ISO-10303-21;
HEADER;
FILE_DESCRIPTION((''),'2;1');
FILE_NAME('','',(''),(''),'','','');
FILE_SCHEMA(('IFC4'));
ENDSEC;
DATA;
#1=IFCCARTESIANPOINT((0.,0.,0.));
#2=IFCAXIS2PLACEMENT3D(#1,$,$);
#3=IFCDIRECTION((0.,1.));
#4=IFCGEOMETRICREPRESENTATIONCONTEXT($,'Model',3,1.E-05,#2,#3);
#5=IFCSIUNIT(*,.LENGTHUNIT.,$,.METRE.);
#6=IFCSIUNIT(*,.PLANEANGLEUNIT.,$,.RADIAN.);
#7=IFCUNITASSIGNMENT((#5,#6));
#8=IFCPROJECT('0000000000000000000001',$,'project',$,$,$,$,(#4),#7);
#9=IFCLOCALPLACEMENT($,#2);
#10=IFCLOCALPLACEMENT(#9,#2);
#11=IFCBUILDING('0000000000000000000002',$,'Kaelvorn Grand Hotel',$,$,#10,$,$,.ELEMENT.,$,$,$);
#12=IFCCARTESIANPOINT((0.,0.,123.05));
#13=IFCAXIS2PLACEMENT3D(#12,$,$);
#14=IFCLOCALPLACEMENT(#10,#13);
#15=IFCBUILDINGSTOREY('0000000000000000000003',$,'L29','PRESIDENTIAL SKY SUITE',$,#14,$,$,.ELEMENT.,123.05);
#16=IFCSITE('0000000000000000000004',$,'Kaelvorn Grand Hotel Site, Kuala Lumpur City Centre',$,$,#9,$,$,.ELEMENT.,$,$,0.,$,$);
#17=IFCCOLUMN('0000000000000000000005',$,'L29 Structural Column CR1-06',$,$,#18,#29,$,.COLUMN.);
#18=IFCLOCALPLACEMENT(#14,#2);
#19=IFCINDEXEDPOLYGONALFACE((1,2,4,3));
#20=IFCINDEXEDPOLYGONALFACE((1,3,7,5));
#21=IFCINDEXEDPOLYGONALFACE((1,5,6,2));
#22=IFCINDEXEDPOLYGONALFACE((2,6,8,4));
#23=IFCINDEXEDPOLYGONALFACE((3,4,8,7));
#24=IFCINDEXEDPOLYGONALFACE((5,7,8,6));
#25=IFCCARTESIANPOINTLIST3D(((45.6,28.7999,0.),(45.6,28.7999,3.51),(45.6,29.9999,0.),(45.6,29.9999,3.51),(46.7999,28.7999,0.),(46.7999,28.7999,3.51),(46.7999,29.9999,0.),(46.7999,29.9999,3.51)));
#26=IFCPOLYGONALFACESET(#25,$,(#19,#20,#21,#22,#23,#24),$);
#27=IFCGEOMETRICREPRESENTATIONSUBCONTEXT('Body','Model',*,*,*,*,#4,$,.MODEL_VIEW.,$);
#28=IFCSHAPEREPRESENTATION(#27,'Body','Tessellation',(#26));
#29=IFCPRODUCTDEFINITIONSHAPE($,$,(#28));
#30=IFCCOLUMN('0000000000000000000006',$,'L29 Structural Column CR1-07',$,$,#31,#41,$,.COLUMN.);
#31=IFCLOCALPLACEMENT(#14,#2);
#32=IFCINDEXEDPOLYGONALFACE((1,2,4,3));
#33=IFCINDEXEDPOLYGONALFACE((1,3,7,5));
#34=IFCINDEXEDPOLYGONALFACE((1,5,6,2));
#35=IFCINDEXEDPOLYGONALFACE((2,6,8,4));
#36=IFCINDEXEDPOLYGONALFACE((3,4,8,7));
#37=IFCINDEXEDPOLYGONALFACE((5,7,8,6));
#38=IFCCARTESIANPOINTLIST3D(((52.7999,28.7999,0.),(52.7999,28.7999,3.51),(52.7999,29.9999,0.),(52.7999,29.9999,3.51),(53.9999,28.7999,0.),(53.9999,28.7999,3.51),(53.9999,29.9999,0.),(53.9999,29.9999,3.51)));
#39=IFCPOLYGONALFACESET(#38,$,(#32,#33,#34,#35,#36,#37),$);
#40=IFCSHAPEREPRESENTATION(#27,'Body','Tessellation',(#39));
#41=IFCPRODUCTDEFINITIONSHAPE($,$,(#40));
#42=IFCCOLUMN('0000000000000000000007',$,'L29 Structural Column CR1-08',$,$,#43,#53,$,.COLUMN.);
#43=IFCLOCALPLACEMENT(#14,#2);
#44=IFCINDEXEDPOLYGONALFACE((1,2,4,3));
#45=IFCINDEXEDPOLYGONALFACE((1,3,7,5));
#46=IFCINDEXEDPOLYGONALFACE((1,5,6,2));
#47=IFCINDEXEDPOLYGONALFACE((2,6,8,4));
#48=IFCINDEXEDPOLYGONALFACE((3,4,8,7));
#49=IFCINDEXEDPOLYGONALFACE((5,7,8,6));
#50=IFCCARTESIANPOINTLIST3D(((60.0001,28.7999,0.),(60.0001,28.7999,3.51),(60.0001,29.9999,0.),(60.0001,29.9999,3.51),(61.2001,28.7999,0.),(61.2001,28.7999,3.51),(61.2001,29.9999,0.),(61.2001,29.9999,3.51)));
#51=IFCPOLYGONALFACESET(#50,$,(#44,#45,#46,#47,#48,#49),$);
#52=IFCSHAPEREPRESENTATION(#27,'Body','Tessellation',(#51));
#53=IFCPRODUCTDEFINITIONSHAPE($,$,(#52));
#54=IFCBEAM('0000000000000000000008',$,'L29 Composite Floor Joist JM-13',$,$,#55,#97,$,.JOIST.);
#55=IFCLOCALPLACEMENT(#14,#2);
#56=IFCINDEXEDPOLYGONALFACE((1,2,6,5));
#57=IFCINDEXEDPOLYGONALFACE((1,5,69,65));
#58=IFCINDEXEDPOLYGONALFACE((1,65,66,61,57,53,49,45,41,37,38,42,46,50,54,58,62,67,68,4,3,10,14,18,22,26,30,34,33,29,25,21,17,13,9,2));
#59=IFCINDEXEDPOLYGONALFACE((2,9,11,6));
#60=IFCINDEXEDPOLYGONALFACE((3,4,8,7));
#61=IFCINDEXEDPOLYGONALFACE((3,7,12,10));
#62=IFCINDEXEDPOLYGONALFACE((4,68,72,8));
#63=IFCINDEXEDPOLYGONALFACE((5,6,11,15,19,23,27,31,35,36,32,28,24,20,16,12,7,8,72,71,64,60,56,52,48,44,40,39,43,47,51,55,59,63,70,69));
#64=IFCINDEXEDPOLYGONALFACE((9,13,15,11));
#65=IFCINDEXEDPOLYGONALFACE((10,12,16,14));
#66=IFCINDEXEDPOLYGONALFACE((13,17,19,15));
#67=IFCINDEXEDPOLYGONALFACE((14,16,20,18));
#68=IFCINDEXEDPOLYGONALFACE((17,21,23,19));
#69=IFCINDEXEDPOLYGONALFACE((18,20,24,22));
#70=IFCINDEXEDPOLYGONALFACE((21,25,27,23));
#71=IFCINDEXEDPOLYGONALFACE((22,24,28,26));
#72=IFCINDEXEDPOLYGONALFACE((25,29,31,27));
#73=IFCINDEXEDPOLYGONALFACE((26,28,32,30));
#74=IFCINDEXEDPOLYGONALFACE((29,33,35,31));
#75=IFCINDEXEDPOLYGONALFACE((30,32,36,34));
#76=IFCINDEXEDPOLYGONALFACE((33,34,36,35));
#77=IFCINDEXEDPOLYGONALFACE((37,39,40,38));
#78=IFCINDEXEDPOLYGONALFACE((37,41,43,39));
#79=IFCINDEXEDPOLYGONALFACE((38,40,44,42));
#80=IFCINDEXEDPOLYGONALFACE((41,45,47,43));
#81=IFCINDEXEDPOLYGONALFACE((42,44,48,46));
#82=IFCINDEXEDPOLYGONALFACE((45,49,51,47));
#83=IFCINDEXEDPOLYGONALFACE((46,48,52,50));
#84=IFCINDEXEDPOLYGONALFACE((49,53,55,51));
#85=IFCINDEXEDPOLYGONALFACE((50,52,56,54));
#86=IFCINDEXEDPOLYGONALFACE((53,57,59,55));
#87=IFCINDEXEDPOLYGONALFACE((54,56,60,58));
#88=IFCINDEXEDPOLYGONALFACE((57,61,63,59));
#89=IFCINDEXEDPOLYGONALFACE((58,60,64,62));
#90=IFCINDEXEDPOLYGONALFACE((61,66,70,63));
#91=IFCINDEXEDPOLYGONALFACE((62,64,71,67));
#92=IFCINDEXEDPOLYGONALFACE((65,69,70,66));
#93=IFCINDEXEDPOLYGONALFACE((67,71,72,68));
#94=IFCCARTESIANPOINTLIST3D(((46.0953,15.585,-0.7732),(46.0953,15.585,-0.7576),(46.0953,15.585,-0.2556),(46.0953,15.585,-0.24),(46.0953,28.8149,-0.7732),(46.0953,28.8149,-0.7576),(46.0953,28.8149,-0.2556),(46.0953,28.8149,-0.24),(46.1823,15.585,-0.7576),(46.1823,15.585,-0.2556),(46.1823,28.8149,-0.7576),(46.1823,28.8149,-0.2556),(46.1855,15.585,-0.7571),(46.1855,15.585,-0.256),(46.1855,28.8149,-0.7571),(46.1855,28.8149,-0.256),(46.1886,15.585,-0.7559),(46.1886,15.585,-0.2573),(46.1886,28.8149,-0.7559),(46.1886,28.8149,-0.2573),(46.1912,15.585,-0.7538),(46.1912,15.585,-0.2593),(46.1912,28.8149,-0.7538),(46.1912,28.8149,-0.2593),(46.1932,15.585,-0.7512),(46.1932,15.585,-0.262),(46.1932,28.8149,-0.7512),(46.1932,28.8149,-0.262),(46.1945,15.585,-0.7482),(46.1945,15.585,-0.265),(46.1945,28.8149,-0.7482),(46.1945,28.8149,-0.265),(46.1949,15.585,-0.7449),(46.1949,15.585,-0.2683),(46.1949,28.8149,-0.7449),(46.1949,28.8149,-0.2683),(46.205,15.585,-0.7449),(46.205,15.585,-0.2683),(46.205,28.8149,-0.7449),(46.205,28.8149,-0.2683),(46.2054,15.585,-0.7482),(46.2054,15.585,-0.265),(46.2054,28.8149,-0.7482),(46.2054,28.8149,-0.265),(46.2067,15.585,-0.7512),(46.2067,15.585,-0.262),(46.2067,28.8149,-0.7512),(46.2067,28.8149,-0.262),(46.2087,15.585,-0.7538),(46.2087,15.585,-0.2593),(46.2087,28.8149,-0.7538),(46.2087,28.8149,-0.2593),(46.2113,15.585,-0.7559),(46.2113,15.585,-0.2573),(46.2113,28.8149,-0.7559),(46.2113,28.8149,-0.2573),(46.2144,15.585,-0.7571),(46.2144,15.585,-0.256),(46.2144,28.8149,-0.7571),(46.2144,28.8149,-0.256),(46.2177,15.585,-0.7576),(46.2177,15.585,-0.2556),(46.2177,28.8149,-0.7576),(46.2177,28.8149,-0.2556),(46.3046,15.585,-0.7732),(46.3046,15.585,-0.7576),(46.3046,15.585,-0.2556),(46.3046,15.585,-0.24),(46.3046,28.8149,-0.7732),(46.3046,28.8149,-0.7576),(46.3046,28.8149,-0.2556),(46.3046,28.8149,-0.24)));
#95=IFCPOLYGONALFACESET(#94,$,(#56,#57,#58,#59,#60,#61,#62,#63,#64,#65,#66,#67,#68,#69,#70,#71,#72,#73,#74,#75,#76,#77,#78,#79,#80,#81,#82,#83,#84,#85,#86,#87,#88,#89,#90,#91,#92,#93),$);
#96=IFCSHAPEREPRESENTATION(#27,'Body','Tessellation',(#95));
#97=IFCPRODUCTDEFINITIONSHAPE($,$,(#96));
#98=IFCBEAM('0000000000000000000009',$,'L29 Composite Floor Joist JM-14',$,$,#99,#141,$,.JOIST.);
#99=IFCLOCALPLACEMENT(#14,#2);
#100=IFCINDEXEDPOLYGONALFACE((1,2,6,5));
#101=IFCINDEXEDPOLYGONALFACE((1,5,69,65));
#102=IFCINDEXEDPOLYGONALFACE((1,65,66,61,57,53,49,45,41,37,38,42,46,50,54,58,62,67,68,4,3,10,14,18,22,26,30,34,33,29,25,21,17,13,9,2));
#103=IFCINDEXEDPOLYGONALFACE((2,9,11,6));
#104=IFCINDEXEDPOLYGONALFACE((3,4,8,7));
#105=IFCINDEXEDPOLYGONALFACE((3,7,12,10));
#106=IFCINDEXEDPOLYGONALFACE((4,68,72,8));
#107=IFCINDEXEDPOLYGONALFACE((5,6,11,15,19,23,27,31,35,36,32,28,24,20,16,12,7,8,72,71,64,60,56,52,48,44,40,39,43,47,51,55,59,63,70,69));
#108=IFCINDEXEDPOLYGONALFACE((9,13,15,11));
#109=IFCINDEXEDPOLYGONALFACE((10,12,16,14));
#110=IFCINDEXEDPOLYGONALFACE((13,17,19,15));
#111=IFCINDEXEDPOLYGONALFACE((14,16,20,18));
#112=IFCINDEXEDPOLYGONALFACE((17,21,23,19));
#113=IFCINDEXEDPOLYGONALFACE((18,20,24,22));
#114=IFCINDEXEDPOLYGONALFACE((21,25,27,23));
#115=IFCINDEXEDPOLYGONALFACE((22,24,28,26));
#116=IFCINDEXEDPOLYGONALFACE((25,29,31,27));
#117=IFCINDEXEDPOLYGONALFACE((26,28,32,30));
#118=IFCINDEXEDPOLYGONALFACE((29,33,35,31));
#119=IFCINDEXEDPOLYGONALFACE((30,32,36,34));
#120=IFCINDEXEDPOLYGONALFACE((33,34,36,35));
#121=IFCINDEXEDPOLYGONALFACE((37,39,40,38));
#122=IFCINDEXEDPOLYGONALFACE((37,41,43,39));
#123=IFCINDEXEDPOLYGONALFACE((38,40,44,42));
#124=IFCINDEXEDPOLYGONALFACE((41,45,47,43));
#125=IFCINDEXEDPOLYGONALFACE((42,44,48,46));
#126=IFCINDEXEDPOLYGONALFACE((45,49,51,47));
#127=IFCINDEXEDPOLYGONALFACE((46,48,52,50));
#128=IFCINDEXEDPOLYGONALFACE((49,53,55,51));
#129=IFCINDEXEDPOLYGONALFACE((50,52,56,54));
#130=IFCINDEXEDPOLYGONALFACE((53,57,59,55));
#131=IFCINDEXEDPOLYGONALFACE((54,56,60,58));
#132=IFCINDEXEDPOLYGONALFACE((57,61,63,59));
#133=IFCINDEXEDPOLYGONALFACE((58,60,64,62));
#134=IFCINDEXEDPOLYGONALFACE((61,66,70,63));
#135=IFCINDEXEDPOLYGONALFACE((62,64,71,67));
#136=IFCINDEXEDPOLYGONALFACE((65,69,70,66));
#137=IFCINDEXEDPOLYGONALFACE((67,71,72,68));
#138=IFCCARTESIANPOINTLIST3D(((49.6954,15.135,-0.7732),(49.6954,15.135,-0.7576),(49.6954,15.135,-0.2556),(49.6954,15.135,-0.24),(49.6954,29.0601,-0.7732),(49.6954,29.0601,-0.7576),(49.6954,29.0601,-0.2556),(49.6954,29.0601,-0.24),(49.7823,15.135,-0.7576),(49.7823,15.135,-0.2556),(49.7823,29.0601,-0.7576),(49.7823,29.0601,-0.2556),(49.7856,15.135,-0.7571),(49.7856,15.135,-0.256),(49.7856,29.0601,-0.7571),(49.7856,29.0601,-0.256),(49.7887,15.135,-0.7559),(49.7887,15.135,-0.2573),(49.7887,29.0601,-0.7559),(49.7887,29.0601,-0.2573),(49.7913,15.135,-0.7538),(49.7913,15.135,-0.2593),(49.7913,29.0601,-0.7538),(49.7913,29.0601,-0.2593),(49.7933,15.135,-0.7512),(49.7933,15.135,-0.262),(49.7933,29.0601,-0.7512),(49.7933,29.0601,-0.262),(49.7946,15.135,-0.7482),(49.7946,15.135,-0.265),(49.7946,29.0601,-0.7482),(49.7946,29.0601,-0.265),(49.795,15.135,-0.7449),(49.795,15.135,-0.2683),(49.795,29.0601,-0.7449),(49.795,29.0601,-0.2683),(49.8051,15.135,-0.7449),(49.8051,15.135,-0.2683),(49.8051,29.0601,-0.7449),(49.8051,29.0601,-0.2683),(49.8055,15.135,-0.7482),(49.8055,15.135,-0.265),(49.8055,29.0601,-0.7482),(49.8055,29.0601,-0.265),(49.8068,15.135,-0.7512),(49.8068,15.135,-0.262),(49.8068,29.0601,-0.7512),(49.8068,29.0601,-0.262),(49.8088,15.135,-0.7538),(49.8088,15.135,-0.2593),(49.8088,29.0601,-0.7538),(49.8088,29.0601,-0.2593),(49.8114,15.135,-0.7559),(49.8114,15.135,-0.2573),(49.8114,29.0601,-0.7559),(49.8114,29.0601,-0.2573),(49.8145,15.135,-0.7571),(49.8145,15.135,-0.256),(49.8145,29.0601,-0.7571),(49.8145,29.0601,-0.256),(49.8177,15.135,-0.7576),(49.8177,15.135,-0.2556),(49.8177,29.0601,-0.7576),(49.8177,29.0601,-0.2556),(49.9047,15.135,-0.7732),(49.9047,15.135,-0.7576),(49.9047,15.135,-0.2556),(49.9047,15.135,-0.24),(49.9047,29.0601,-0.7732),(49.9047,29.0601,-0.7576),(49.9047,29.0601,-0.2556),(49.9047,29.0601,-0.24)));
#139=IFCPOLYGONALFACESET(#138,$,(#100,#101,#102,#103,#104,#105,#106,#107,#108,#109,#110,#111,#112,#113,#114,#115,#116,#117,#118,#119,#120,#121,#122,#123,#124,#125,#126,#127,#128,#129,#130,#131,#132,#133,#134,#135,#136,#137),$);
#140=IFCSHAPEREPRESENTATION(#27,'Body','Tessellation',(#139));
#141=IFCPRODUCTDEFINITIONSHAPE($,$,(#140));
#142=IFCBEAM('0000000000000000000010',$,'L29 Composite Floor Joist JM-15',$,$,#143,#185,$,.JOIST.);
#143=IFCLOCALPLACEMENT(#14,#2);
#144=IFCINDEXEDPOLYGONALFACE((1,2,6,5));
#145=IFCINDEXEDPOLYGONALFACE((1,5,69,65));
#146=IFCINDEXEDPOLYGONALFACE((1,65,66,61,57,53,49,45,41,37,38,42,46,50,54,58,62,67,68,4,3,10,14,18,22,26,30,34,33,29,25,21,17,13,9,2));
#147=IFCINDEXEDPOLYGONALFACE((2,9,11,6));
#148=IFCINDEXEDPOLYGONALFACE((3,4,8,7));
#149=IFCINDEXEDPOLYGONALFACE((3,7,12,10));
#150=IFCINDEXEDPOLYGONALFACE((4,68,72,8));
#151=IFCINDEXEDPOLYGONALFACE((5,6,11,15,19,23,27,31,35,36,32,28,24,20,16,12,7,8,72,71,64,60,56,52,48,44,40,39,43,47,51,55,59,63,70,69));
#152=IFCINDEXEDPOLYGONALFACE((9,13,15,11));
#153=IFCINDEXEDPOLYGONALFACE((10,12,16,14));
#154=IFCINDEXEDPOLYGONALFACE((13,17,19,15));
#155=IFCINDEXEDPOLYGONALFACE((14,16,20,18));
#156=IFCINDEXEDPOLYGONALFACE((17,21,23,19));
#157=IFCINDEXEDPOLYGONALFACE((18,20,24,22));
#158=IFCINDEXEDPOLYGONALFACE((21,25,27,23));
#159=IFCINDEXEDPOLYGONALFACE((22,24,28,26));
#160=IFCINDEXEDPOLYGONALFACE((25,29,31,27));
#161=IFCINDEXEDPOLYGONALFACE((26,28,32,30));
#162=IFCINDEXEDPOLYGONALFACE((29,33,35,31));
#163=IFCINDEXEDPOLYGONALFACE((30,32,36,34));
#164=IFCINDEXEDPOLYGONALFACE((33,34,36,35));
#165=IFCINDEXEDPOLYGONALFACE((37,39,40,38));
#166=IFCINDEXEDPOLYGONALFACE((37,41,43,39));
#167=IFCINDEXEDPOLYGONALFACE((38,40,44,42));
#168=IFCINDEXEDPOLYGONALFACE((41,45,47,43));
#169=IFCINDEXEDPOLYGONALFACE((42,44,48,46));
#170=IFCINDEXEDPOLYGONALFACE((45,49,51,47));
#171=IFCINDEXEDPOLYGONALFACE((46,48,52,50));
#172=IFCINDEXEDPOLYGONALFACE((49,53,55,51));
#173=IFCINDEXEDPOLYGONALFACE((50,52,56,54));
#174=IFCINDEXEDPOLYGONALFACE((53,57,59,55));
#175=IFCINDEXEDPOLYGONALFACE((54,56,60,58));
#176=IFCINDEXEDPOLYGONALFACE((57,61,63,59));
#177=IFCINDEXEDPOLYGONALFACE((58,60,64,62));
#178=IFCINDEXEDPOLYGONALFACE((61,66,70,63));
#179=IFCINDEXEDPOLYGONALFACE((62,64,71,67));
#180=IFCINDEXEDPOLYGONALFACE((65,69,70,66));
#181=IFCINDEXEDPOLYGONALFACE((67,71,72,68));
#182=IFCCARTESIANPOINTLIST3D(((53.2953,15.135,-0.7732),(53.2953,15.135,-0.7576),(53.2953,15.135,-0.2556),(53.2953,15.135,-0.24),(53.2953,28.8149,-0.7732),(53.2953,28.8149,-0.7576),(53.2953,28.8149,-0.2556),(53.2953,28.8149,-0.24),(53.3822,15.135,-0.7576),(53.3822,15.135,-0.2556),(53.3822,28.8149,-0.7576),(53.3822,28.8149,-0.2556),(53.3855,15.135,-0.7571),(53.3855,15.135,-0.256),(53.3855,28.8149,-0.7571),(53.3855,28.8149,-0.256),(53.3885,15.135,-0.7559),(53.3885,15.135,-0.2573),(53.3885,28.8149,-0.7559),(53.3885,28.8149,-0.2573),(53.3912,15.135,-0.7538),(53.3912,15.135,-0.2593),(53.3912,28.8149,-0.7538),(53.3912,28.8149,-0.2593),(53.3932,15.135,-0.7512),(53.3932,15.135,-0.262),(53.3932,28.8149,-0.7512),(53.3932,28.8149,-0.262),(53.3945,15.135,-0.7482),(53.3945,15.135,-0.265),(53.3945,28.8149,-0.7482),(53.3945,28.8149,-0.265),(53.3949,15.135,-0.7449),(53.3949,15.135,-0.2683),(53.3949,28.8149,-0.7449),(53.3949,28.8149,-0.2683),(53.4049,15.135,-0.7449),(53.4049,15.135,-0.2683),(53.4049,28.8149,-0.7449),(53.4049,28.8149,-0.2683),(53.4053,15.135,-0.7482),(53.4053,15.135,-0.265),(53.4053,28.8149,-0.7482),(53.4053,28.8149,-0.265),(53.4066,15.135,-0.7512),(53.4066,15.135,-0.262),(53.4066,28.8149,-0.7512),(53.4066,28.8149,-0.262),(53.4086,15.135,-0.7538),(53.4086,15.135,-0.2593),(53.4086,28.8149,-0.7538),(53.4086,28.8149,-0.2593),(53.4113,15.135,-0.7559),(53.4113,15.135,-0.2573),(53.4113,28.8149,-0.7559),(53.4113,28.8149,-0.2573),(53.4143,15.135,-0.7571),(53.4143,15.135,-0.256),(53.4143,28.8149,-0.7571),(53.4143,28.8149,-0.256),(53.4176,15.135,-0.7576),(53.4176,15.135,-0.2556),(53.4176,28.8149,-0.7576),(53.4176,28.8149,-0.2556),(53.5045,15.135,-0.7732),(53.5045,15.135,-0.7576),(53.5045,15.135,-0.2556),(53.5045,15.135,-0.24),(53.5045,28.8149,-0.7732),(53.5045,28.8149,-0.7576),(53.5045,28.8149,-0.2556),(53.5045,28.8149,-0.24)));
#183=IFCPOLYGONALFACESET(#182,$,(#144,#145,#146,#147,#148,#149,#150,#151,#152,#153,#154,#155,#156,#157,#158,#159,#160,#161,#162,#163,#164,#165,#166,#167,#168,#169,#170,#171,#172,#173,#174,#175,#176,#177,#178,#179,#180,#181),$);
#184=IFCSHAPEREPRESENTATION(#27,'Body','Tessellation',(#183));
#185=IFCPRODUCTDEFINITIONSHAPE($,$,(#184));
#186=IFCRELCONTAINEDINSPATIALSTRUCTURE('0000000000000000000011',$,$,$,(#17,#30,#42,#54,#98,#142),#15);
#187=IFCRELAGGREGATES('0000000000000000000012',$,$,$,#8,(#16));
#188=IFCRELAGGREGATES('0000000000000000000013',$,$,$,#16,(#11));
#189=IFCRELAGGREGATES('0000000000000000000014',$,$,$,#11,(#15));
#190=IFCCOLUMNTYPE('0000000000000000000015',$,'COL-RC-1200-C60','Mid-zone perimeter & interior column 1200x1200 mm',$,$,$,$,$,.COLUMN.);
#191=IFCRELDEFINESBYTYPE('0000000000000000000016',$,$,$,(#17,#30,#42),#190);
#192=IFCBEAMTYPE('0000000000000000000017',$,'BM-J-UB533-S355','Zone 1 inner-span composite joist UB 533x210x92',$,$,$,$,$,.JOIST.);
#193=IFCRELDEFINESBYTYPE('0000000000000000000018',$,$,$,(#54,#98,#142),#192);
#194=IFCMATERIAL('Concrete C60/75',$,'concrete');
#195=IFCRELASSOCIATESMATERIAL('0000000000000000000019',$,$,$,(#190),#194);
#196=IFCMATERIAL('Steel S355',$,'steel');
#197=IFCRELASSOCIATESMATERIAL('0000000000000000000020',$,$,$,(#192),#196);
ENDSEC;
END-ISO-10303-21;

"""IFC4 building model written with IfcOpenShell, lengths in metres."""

from ifc_helpers import new_model, si_unit, direction, frame, origin, origin_2d, place, context, subcontext, project, spatial, rectangle, i_section, extrude, material, material_profile, profile_set, type_object, element, save


model = new_model("IFC4")

# Units and contexts
model_context = context("Model", 3, precision=1e-05, world=origin(), true_north=direction((0.0, 1.0)))
body_context = subcontext(model_context, "Body", "Model", "MODEL_VIEW")
ifc_project = project(units=[si_unit("LENGTHUNIT", "METRE"), si_unit("PLANEANGLEUNIT", "RADIAN")], contexts=[model_context])

# Site, building, storey
site_placement = place(None, origin())
site = spatial("IfcSite", under=ifc_project, at=site_placement, Name="Kaelvorn Grand Hotel Site, Kuala Lumpur City Centre", CompositionType="ELEMENT", RefElevation=0.0)
building_placement = place(site_placement, origin())
building = spatial("IfcBuilding", under=site, at=building_placement, Name="Kaelvorn Grand Hotel", CompositionType="ELEMENT")
storey_placement = place(building_placement, frame((0.0, 0.0, 123.05)))
storey = spatial("IfcBuildingStorey", under=building, at=storey_placement, Name="L29", Description="PRESIDENTIAL SKY SUITE", CompositionType="ELEMENT", Elevation=123.05)

# Columns
ifc_material_1 = material(Name="Concrete C60/75", Category="concrete")
ifc_material_profile_1 = material_profile(ifc_material_1, rectangle(XDim=1.2, YDim=1.2, at=origin_2d()), Name="RC COL 1200x1200")
ifc_profile_set_1 = profile_set([ifc_material_profile_1], Name="Concrete C60/75")
column_type = type_object("IfcColumnType", Name="COL-RC-1200-C60", Description="Mid-zone perimeter & interior column 1200x1200 mm", PredefinedType="COLUMN", material=ifc_profile_set_1)
for number, where, z_axis, x_axis, name in (
    (1, (46.2, 29.3999, 0.0), (0.0, 0.0, 1.0), (1.0, 0.0, 0.0), "L29 Structural Column CR1-06"),
    (2, (53.3999, 29.3999, 0.0), (0.0, 0.0, 1.0), (1.0, 0.0, 0.0), "L29 Structural Column CR1-07"),
    (3, (60.6001, 29.3999, 0.0), (0.0, 0.0, 1.0), (1.0, 0.0, 0.0), "L29 Structural Column CR1-08"),
):
    element("IfcColumn", number, at=place(storey_placement, frame(where, z_axis=z_axis, x_axis=x_axis)), inside=storey, type_object=column_type, Name=name, PredefinedType="COLUMN", context=body_context, shape_type="SweptSolid", body=[
        extrude(rectangle(XDim=1.2, YDim=1.2, at=origin_2d()), origin(), (0.0, 0.0, 1.0), 3.51),
    ])

# Beams
ifc_material_2 = material(Name="Steel S355", Category="steel")
ifc_material_profile_2 = material_profile(ifc_material_2, i_section(OverallWidth=0.2092, OverallDepth=0.5332, WebThickness=0.01, FlangeThickness=0.0156, FilletRadius=0.0127, at=origin_2d()), Name="UB 533x210x92")
ifc_profile_set_2 = profile_set([ifc_material_profile_2], Name="Steel S355")
beam_type_1 = type_object("IfcBeamType", Name="BM-J-UB533-S355", Description="Zone 1 inner-span composite joist UB 533x210x92", PredefinedType="JOIST", material=ifc_profile_set_2)
beam_1_placement = place(storey_placement, frame((46.2, 15.585, -0.5066), z_axis=(0.0, 1.0, 0.0), x_axis=(-1.0, 0.0, 0.0)))
element("IfcBeam", 4, at=beam_1_placement, inside=storey, type_object=beam_type_1, Name="L29 Composite Floor Joist JM-13", PredefinedType="JOIST", context=body_context, shape_type="SweptSolid", body=[
    extrude(i_section(OverallWidth=0.2092, OverallDepth=0.5332, WebThickness=0.01, FlangeThickness=0.0156, FilletRadius=0.0127, at=origin_2d()), origin(), (0.0, 0.0, 1.0), 13.23),
])
beam_2_placement = place(storey_placement, frame((49.8, 15.135, -0.5066), z_axis=(0.0, 1.0, 0.0), x_axis=(-1.0, 0.0, 0.0)))
element("IfcBeam", 5, at=beam_2_placement, inside=storey, type_object=beam_type_1, Name="L29 Composite Floor Joist JM-14", PredefinedType="JOIST", context=body_context, shape_type="SweptSolid", body=[
    extrude(i_section(OverallWidth=0.2092, OverallDepth=0.5332, WebThickness=0.01, FlangeThickness=0.0156, FilletRadius=0.0127, at=origin_2d()), origin(), (0.0, 0.0, 1.0), 13.925),
])
beam_3_placement = place(storey_placement, frame((53.3999, 15.135, -0.5066), z_axis=(0.0, 1.0, 0.0), x_axis=(-1.0, 0.0, 0.0)))
element("IfcBeam", 6, at=beam_3_placement, inside=storey, type_object=beam_type_1, Name="L29 Composite Floor Joist JM-15", PredefinedType="JOIST", context=body_context, shape_type="SweptSolid", body=[
    extrude(i_section(OverallWidth=0.2092, OverallDepth=0.5332, WebThickness=0.01, FlangeThickness=0.0156, FilletRadius=0.0127, at=origin_2d()), origin(), (0.0, 0.0, 1.0), 13.6799),
])

save(model, "model.ifc")
